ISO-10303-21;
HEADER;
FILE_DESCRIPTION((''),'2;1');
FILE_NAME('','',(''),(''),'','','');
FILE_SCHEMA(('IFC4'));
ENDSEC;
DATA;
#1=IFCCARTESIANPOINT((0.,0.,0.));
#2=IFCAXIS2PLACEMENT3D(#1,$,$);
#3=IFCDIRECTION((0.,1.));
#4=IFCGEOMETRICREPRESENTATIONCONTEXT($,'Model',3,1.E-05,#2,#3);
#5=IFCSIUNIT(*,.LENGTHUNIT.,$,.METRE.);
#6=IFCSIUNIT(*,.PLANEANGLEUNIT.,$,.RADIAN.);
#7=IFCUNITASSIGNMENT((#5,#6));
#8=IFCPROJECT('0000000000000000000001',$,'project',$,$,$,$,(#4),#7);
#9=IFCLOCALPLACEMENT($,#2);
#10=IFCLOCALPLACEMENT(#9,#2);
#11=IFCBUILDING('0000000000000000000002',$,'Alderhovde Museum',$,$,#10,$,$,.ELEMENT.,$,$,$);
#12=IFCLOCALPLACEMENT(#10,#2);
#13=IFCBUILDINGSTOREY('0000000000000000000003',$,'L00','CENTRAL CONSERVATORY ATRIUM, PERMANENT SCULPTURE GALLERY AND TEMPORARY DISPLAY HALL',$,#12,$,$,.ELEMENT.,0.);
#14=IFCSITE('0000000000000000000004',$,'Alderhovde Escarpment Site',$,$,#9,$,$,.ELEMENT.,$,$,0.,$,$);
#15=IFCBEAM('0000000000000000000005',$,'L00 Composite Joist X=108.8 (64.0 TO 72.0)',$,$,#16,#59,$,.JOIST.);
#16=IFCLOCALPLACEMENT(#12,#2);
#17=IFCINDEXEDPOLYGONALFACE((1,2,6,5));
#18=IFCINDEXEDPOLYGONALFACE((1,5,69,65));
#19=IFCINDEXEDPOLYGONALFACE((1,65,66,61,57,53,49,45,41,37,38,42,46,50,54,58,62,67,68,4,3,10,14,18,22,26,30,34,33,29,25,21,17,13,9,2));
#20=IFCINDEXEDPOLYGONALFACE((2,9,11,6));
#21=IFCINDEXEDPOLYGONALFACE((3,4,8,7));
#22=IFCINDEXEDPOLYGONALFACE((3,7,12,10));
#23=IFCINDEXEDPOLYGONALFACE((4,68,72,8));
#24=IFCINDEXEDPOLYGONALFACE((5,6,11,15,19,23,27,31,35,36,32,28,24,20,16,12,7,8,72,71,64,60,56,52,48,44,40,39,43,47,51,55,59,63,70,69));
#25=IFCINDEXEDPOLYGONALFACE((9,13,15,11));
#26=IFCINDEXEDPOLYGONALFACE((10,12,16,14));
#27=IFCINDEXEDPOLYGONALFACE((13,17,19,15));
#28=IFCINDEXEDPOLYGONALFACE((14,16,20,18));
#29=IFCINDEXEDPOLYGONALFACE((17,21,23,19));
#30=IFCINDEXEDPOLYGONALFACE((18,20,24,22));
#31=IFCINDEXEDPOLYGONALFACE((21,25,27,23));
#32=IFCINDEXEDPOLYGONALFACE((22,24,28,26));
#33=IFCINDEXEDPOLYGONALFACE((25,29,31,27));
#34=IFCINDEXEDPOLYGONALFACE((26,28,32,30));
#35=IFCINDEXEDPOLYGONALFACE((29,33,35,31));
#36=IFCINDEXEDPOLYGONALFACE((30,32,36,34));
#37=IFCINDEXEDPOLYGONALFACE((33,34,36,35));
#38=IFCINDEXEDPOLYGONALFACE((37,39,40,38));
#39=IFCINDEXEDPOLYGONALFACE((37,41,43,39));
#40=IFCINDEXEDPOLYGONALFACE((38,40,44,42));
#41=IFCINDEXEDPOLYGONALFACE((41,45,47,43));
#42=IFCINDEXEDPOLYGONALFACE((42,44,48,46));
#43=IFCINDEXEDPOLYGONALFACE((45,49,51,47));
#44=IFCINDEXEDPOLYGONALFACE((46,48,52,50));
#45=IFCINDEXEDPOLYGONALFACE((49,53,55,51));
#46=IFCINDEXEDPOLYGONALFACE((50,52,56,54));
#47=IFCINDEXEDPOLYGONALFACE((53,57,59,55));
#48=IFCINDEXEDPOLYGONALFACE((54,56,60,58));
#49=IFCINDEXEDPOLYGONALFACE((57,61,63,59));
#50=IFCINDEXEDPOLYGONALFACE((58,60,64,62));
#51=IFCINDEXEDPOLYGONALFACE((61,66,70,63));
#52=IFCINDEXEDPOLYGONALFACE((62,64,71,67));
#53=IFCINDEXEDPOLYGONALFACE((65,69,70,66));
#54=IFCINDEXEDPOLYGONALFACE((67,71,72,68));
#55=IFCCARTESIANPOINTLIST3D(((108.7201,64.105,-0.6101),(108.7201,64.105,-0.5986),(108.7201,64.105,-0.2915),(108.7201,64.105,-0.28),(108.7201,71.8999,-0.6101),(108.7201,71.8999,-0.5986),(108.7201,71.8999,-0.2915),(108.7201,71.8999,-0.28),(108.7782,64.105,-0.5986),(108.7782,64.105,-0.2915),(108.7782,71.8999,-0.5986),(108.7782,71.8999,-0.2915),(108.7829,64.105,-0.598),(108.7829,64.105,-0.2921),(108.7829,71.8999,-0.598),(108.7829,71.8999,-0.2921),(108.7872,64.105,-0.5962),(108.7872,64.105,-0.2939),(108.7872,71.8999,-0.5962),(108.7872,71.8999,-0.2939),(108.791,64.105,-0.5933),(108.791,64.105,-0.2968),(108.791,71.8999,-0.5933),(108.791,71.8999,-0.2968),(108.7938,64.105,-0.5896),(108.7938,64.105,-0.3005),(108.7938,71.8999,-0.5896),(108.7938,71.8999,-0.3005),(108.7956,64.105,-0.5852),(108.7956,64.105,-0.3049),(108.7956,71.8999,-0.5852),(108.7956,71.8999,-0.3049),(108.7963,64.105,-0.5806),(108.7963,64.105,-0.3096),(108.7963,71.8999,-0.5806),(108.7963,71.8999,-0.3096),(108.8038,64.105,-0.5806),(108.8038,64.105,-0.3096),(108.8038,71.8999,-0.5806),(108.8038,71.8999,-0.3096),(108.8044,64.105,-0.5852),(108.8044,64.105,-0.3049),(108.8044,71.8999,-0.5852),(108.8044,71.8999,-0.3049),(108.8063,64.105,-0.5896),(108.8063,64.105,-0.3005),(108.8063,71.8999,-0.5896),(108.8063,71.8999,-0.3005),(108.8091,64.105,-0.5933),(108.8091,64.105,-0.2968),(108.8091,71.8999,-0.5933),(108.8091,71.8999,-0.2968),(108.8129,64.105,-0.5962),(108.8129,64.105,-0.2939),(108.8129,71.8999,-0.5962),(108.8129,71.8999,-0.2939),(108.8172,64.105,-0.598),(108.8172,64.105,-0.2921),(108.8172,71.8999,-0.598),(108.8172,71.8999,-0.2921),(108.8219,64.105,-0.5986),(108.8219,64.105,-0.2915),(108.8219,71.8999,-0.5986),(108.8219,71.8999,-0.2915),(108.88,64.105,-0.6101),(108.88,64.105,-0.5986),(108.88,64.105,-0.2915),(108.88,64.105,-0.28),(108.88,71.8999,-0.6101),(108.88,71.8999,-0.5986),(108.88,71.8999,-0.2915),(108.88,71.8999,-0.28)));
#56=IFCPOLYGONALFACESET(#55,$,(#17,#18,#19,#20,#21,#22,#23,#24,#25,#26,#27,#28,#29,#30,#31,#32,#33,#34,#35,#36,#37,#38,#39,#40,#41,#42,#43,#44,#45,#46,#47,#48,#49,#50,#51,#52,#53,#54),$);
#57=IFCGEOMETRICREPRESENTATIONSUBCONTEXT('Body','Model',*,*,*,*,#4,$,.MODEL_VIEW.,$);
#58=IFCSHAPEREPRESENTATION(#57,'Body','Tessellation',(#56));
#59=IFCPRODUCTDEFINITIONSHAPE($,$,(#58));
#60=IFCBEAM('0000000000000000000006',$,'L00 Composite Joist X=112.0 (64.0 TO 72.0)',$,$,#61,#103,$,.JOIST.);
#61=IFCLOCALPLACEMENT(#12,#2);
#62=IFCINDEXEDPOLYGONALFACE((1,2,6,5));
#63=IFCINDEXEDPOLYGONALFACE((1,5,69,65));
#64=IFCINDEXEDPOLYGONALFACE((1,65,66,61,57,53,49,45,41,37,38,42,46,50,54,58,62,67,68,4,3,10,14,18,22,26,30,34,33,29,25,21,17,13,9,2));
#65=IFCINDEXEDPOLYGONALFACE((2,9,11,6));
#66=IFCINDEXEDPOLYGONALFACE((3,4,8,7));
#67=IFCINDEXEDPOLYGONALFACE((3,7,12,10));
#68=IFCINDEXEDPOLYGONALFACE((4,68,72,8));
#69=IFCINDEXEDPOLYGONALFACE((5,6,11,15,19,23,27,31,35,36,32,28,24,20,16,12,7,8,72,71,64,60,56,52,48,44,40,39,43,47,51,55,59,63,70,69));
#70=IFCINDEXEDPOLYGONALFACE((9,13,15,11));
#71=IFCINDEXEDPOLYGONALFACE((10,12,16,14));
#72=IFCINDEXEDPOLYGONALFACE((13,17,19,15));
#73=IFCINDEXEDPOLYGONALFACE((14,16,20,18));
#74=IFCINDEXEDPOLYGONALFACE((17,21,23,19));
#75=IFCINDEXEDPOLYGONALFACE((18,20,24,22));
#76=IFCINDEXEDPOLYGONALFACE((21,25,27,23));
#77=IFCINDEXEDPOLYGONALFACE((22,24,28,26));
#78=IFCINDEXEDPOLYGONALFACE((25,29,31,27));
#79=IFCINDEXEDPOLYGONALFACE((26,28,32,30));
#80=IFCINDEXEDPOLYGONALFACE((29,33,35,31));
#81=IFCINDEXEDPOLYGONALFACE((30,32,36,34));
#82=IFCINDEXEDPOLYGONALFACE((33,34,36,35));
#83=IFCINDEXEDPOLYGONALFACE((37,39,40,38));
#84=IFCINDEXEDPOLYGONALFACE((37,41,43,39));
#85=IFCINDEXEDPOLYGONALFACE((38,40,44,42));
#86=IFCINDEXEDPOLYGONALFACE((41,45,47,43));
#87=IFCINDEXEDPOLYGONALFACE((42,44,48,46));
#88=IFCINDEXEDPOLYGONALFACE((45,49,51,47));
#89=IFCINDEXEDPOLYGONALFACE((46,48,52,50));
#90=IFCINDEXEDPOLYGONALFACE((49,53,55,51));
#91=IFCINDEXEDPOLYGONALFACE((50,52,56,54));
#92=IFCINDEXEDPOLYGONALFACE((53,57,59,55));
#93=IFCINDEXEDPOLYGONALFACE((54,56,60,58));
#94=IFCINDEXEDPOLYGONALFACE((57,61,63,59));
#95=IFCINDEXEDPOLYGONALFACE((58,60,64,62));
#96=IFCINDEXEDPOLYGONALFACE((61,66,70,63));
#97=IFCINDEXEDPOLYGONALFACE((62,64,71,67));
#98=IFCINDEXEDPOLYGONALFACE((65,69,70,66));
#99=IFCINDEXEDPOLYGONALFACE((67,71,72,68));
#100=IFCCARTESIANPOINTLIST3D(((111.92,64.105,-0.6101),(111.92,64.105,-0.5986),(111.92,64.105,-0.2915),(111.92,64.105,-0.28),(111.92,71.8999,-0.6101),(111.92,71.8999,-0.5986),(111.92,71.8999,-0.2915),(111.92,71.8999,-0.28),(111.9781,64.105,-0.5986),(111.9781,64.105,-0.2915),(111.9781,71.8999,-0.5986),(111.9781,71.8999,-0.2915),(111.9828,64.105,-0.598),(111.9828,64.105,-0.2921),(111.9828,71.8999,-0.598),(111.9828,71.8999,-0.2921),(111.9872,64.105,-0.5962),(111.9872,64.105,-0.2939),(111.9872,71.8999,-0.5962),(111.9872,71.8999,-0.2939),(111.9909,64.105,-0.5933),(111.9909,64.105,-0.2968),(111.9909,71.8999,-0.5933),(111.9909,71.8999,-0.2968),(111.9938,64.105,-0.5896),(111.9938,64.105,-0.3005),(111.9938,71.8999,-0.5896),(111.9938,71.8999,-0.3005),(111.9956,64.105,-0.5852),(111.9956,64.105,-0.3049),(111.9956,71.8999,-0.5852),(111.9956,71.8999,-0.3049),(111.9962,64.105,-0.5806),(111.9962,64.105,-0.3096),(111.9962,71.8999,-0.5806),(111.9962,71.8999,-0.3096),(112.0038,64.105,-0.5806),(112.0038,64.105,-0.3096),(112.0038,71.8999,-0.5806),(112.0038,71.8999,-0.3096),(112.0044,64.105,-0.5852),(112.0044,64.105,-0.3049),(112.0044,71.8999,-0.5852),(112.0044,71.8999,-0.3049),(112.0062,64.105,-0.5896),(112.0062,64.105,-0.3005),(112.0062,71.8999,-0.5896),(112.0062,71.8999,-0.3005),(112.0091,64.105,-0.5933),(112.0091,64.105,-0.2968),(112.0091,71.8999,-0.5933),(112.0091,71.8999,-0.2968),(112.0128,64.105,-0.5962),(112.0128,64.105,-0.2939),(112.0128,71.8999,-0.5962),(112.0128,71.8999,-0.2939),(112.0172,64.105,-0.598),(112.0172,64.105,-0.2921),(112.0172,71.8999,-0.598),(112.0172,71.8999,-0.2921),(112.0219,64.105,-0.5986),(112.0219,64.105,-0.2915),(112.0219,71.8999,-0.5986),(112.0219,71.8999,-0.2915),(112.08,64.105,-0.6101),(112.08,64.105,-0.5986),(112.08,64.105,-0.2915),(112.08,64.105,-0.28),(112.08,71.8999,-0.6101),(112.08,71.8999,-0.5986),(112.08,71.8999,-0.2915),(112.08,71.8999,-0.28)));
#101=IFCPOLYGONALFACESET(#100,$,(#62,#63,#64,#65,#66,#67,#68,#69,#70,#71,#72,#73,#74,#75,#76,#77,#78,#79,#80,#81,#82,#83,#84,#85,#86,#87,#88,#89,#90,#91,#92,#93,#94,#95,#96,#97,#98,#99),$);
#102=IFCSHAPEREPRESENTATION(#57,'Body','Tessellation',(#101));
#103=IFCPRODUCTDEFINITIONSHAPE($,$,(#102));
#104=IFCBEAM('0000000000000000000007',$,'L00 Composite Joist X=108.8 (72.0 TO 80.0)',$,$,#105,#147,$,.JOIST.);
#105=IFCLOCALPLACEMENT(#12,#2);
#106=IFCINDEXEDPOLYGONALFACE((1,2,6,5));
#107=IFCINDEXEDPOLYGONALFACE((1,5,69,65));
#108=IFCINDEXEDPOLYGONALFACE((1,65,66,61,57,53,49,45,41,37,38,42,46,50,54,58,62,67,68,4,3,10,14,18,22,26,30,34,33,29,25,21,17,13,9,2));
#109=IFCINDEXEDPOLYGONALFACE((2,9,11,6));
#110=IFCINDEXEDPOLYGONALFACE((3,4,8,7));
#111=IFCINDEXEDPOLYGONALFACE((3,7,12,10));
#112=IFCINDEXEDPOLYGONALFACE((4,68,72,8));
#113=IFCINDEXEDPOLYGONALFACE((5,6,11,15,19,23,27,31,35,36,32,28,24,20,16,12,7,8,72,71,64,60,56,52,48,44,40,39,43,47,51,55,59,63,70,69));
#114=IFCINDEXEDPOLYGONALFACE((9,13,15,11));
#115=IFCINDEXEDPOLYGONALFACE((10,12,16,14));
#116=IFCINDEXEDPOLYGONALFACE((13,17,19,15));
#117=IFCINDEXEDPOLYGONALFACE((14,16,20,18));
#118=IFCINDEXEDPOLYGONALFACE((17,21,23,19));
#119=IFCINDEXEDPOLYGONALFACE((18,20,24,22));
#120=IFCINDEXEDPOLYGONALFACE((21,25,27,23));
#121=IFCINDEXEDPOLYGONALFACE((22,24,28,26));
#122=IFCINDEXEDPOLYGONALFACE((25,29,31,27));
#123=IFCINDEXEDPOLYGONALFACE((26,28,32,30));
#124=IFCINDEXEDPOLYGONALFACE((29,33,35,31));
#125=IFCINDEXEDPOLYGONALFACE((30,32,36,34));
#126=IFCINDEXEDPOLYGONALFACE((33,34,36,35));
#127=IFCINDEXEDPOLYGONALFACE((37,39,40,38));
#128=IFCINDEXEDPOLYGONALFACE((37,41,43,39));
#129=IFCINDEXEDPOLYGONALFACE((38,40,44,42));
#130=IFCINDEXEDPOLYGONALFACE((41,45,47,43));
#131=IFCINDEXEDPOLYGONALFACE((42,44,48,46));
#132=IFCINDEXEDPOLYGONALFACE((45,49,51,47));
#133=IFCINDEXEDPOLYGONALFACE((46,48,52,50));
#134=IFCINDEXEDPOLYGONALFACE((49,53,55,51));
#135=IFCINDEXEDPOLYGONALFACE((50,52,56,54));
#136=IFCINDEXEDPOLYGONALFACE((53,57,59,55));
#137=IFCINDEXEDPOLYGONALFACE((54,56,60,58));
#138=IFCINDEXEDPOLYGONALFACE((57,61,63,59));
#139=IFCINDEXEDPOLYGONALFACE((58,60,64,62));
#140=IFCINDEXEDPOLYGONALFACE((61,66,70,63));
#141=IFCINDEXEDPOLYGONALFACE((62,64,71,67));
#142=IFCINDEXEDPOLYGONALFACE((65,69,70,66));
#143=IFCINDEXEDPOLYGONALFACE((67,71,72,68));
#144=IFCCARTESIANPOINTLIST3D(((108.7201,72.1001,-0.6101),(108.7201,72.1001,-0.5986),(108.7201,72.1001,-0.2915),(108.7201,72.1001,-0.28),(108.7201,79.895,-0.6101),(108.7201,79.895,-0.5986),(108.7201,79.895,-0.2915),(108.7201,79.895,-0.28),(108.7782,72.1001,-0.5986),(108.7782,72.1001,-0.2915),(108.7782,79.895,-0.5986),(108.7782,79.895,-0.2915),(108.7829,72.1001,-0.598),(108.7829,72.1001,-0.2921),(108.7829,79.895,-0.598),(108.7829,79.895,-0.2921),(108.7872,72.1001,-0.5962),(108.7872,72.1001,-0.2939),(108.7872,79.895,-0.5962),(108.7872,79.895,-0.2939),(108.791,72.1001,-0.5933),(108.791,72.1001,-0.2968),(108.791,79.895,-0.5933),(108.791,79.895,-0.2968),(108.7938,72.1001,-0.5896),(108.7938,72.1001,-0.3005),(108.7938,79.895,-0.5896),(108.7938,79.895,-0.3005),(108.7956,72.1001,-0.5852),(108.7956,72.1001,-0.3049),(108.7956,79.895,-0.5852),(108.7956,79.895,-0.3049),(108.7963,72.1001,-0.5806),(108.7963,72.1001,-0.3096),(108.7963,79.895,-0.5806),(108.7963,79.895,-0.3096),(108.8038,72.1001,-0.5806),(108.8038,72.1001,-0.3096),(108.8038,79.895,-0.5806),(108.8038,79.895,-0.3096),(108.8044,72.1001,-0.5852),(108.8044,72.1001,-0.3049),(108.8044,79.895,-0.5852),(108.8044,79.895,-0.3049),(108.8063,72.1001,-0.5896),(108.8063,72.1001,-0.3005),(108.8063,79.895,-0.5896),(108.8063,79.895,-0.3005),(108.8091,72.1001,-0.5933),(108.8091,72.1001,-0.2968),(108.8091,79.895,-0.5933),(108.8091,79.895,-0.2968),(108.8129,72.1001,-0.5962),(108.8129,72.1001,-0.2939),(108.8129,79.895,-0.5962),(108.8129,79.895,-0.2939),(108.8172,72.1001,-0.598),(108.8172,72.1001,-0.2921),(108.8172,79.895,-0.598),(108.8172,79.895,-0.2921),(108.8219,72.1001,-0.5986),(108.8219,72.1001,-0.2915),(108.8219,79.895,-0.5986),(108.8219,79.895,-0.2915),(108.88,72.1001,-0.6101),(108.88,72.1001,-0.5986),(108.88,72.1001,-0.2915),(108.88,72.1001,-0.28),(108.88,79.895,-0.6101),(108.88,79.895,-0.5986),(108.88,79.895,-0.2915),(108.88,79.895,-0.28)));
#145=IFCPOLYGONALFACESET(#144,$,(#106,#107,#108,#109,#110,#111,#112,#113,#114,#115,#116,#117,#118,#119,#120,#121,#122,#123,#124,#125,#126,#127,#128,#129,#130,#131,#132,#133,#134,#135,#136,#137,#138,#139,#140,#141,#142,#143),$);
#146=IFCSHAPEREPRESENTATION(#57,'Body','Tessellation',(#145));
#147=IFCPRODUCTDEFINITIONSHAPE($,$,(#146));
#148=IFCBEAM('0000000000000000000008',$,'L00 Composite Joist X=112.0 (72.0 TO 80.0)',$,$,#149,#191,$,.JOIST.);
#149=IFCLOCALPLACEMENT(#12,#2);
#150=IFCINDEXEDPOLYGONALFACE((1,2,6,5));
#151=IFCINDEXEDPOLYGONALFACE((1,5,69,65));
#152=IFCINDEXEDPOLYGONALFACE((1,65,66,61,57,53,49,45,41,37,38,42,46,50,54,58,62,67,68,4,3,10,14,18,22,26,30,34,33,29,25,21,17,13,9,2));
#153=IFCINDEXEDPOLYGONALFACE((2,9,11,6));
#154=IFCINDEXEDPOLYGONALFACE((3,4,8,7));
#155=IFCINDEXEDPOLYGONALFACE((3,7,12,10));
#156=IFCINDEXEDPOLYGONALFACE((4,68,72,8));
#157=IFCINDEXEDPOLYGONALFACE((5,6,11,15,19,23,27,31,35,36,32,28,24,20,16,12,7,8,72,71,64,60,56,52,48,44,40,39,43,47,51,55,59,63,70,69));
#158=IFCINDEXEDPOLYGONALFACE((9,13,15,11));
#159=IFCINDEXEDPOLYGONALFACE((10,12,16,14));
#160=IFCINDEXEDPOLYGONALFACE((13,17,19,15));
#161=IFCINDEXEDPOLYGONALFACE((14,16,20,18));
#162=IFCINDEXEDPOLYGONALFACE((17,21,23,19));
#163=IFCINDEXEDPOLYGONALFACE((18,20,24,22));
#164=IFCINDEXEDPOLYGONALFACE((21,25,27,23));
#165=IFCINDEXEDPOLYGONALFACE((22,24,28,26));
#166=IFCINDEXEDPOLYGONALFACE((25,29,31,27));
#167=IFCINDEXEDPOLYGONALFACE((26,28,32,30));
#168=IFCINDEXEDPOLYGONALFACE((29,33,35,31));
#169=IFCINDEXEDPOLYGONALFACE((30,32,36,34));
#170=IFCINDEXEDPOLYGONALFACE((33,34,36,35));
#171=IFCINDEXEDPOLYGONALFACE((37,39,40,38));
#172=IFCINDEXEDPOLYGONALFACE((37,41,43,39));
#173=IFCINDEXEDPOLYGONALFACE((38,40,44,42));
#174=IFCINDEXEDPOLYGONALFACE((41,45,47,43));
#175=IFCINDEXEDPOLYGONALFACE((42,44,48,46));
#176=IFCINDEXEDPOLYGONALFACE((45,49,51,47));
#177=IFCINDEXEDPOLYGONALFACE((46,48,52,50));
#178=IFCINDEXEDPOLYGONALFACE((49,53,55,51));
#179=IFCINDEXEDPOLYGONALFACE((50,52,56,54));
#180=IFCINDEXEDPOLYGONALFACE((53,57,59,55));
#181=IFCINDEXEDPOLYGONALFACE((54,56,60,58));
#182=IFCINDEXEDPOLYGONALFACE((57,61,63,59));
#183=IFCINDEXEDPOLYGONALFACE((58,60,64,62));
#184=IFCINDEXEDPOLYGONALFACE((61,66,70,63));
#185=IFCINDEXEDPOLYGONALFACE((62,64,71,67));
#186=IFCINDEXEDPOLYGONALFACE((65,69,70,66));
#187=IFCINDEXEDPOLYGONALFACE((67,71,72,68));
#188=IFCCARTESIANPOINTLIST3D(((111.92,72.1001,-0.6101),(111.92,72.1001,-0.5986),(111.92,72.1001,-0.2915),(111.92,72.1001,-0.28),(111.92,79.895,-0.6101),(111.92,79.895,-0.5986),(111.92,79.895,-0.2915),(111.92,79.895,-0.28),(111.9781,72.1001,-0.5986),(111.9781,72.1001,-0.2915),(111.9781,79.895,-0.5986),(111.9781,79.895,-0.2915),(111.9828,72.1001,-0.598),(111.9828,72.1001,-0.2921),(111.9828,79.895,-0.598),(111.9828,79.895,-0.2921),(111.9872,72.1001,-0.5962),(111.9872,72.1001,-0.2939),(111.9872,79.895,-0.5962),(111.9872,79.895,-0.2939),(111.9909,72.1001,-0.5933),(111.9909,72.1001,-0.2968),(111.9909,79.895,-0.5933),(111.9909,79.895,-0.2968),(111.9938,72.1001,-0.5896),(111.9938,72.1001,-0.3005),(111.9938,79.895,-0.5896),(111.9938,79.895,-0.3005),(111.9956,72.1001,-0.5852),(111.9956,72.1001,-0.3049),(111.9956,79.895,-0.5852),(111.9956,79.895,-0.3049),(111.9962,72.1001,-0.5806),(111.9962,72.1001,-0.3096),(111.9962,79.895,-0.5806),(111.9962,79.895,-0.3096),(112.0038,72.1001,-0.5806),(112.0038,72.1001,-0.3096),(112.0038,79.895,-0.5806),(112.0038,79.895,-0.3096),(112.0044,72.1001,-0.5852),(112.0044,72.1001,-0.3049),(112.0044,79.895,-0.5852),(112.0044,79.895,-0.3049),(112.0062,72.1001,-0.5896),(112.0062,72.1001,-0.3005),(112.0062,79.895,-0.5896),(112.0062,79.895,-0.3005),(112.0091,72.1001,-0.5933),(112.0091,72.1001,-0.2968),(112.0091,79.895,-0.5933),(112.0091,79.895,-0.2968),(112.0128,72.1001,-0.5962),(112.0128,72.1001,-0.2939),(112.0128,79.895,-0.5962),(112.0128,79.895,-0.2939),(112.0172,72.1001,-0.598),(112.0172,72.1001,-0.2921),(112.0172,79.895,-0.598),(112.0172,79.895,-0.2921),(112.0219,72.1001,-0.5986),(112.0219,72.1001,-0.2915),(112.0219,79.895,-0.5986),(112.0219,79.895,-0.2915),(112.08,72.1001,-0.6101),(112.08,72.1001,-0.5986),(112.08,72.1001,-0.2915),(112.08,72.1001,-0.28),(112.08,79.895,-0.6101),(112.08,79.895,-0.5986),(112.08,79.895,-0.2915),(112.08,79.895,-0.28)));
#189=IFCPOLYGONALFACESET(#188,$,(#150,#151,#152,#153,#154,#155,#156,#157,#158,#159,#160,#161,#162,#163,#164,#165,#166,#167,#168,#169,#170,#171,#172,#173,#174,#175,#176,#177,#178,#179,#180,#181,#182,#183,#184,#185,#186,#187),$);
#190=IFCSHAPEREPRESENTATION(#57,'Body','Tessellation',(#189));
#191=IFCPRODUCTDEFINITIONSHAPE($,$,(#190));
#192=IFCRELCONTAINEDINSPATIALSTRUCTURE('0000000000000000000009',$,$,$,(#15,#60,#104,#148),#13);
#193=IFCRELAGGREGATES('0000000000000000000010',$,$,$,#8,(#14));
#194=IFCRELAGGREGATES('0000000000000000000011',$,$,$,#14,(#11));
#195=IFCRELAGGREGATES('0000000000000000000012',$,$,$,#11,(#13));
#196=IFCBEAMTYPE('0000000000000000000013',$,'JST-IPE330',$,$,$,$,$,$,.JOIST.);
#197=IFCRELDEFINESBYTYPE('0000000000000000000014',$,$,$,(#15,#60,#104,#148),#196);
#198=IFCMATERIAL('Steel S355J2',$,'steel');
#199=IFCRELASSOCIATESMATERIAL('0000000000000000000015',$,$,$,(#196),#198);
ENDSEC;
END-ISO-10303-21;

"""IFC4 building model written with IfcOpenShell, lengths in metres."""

from ifc_helpers import new_model, si_unit, direction, frame, origin, origin_2d, place, context, subcontext, project, spatial, i_section, extrude, material, material_profile, profile_set, type_object, element, save


model = new_model("IFC4")

# Units and contexts
model_context = context("Model", 3, precision=1e-05, world=origin(), true_north=direction((0.0, 1.0)))
body_context = subcontext(model_context, "Body", "Model", "MODEL_VIEW")
ifc_project = project(units=[si_unit("LENGTHUNIT", "METRE"), si_unit("PLANEANGLEUNIT", "RADIAN")], contexts=[model_context])

# Site, building, storey
site_placement = place(None, origin())
site = spatial("IfcSite", under=ifc_project, at=site_placement, Name="Alderhovde Escarpment Site", CompositionType="ELEMENT", RefElevation=0.0)
building_placement = place(site_placement, origin())
building = spatial("IfcBuilding", under=site, at=building_placement, Name="Alderhovde Museum", CompositionType="ELEMENT")
storey_placement = place(building_placement, origin())
storey = spatial("IfcBuildingStorey", under=building, at=storey_placement, Name="L00", Description="CENTRAL CONSERVATORY ATRIUM, PERMANENT SCULPTURE GALLERY AND TEMPORARY DISPLAY HALL", CompositionType="ELEMENT", Elevation=0.0)

# Beams
ifc_material_1 = material(Name="Steel S355J2", Category="steel")
ifc_material_profile_1 = material_profile(ifc_material_1, i_section(OverallWidth=0.1599, OverallDepth=0.3301, WebThickness=0.0076, FlangeThickness=0.0115, FilletRadius=0.0181, at=origin_2d()), Name="IPE 330")
ifc_profile_set_1 = profile_set([ifc_material_profile_1], Name="Steel S355J2")
beam_type_1 = type_object("IfcBeamType", Name="JST-IPE330", PredefinedType="JOIST", material=ifc_profile_set_1)
for number, where, z_axis, x_axis, name in (
    (1, (108.8, 64.105, -0.4451), (0.0, 1.0, 0.0), (-1.0, 0.0, 0.0), "L00 Composite Joist X=108.8 (64.0 TO 72.0)"),
    (2, (112.0, 64.105, -0.4451), (0.0, 1.0, 0.0), (-1.0, 0.0, 0.0), "L00 Composite Joist X=112.0 (64.0 TO 72.0)"),
    (3, (108.8, 72.1001, -0.4451), (0.0, 1.0, 0.0), (-1.0, 0.0, 0.0), "L00 Composite Joist X=108.8 (72.0 TO 80.0)"),
    (4, (112.0, 72.1001, -0.4451), (0.0, 1.0, 0.0), (-1.0, 0.0, 0.0), "L00 Composite Joist X=112.0 (72.0 TO 80.0)"),
):
    element("IfcBeam", number, at=place(storey_placement, frame(where, z_axis=z_axis, x_axis=x_axis)), inside=storey, type_object=beam_type_1, Name=name, PredefinedType="JOIST", context=body_context, shape_type="SweptSolid", body=[
        extrude(i_section(OverallWidth=0.1599, OverallDepth=0.3301, WebThickness=0.0076, FlangeThickness=0.0115, FilletRadius=0.0181, at=origin_2d()), origin(), (0.0, 0.0, 1.0), 7.7949),
    ])

save(model, "model.ifc")
